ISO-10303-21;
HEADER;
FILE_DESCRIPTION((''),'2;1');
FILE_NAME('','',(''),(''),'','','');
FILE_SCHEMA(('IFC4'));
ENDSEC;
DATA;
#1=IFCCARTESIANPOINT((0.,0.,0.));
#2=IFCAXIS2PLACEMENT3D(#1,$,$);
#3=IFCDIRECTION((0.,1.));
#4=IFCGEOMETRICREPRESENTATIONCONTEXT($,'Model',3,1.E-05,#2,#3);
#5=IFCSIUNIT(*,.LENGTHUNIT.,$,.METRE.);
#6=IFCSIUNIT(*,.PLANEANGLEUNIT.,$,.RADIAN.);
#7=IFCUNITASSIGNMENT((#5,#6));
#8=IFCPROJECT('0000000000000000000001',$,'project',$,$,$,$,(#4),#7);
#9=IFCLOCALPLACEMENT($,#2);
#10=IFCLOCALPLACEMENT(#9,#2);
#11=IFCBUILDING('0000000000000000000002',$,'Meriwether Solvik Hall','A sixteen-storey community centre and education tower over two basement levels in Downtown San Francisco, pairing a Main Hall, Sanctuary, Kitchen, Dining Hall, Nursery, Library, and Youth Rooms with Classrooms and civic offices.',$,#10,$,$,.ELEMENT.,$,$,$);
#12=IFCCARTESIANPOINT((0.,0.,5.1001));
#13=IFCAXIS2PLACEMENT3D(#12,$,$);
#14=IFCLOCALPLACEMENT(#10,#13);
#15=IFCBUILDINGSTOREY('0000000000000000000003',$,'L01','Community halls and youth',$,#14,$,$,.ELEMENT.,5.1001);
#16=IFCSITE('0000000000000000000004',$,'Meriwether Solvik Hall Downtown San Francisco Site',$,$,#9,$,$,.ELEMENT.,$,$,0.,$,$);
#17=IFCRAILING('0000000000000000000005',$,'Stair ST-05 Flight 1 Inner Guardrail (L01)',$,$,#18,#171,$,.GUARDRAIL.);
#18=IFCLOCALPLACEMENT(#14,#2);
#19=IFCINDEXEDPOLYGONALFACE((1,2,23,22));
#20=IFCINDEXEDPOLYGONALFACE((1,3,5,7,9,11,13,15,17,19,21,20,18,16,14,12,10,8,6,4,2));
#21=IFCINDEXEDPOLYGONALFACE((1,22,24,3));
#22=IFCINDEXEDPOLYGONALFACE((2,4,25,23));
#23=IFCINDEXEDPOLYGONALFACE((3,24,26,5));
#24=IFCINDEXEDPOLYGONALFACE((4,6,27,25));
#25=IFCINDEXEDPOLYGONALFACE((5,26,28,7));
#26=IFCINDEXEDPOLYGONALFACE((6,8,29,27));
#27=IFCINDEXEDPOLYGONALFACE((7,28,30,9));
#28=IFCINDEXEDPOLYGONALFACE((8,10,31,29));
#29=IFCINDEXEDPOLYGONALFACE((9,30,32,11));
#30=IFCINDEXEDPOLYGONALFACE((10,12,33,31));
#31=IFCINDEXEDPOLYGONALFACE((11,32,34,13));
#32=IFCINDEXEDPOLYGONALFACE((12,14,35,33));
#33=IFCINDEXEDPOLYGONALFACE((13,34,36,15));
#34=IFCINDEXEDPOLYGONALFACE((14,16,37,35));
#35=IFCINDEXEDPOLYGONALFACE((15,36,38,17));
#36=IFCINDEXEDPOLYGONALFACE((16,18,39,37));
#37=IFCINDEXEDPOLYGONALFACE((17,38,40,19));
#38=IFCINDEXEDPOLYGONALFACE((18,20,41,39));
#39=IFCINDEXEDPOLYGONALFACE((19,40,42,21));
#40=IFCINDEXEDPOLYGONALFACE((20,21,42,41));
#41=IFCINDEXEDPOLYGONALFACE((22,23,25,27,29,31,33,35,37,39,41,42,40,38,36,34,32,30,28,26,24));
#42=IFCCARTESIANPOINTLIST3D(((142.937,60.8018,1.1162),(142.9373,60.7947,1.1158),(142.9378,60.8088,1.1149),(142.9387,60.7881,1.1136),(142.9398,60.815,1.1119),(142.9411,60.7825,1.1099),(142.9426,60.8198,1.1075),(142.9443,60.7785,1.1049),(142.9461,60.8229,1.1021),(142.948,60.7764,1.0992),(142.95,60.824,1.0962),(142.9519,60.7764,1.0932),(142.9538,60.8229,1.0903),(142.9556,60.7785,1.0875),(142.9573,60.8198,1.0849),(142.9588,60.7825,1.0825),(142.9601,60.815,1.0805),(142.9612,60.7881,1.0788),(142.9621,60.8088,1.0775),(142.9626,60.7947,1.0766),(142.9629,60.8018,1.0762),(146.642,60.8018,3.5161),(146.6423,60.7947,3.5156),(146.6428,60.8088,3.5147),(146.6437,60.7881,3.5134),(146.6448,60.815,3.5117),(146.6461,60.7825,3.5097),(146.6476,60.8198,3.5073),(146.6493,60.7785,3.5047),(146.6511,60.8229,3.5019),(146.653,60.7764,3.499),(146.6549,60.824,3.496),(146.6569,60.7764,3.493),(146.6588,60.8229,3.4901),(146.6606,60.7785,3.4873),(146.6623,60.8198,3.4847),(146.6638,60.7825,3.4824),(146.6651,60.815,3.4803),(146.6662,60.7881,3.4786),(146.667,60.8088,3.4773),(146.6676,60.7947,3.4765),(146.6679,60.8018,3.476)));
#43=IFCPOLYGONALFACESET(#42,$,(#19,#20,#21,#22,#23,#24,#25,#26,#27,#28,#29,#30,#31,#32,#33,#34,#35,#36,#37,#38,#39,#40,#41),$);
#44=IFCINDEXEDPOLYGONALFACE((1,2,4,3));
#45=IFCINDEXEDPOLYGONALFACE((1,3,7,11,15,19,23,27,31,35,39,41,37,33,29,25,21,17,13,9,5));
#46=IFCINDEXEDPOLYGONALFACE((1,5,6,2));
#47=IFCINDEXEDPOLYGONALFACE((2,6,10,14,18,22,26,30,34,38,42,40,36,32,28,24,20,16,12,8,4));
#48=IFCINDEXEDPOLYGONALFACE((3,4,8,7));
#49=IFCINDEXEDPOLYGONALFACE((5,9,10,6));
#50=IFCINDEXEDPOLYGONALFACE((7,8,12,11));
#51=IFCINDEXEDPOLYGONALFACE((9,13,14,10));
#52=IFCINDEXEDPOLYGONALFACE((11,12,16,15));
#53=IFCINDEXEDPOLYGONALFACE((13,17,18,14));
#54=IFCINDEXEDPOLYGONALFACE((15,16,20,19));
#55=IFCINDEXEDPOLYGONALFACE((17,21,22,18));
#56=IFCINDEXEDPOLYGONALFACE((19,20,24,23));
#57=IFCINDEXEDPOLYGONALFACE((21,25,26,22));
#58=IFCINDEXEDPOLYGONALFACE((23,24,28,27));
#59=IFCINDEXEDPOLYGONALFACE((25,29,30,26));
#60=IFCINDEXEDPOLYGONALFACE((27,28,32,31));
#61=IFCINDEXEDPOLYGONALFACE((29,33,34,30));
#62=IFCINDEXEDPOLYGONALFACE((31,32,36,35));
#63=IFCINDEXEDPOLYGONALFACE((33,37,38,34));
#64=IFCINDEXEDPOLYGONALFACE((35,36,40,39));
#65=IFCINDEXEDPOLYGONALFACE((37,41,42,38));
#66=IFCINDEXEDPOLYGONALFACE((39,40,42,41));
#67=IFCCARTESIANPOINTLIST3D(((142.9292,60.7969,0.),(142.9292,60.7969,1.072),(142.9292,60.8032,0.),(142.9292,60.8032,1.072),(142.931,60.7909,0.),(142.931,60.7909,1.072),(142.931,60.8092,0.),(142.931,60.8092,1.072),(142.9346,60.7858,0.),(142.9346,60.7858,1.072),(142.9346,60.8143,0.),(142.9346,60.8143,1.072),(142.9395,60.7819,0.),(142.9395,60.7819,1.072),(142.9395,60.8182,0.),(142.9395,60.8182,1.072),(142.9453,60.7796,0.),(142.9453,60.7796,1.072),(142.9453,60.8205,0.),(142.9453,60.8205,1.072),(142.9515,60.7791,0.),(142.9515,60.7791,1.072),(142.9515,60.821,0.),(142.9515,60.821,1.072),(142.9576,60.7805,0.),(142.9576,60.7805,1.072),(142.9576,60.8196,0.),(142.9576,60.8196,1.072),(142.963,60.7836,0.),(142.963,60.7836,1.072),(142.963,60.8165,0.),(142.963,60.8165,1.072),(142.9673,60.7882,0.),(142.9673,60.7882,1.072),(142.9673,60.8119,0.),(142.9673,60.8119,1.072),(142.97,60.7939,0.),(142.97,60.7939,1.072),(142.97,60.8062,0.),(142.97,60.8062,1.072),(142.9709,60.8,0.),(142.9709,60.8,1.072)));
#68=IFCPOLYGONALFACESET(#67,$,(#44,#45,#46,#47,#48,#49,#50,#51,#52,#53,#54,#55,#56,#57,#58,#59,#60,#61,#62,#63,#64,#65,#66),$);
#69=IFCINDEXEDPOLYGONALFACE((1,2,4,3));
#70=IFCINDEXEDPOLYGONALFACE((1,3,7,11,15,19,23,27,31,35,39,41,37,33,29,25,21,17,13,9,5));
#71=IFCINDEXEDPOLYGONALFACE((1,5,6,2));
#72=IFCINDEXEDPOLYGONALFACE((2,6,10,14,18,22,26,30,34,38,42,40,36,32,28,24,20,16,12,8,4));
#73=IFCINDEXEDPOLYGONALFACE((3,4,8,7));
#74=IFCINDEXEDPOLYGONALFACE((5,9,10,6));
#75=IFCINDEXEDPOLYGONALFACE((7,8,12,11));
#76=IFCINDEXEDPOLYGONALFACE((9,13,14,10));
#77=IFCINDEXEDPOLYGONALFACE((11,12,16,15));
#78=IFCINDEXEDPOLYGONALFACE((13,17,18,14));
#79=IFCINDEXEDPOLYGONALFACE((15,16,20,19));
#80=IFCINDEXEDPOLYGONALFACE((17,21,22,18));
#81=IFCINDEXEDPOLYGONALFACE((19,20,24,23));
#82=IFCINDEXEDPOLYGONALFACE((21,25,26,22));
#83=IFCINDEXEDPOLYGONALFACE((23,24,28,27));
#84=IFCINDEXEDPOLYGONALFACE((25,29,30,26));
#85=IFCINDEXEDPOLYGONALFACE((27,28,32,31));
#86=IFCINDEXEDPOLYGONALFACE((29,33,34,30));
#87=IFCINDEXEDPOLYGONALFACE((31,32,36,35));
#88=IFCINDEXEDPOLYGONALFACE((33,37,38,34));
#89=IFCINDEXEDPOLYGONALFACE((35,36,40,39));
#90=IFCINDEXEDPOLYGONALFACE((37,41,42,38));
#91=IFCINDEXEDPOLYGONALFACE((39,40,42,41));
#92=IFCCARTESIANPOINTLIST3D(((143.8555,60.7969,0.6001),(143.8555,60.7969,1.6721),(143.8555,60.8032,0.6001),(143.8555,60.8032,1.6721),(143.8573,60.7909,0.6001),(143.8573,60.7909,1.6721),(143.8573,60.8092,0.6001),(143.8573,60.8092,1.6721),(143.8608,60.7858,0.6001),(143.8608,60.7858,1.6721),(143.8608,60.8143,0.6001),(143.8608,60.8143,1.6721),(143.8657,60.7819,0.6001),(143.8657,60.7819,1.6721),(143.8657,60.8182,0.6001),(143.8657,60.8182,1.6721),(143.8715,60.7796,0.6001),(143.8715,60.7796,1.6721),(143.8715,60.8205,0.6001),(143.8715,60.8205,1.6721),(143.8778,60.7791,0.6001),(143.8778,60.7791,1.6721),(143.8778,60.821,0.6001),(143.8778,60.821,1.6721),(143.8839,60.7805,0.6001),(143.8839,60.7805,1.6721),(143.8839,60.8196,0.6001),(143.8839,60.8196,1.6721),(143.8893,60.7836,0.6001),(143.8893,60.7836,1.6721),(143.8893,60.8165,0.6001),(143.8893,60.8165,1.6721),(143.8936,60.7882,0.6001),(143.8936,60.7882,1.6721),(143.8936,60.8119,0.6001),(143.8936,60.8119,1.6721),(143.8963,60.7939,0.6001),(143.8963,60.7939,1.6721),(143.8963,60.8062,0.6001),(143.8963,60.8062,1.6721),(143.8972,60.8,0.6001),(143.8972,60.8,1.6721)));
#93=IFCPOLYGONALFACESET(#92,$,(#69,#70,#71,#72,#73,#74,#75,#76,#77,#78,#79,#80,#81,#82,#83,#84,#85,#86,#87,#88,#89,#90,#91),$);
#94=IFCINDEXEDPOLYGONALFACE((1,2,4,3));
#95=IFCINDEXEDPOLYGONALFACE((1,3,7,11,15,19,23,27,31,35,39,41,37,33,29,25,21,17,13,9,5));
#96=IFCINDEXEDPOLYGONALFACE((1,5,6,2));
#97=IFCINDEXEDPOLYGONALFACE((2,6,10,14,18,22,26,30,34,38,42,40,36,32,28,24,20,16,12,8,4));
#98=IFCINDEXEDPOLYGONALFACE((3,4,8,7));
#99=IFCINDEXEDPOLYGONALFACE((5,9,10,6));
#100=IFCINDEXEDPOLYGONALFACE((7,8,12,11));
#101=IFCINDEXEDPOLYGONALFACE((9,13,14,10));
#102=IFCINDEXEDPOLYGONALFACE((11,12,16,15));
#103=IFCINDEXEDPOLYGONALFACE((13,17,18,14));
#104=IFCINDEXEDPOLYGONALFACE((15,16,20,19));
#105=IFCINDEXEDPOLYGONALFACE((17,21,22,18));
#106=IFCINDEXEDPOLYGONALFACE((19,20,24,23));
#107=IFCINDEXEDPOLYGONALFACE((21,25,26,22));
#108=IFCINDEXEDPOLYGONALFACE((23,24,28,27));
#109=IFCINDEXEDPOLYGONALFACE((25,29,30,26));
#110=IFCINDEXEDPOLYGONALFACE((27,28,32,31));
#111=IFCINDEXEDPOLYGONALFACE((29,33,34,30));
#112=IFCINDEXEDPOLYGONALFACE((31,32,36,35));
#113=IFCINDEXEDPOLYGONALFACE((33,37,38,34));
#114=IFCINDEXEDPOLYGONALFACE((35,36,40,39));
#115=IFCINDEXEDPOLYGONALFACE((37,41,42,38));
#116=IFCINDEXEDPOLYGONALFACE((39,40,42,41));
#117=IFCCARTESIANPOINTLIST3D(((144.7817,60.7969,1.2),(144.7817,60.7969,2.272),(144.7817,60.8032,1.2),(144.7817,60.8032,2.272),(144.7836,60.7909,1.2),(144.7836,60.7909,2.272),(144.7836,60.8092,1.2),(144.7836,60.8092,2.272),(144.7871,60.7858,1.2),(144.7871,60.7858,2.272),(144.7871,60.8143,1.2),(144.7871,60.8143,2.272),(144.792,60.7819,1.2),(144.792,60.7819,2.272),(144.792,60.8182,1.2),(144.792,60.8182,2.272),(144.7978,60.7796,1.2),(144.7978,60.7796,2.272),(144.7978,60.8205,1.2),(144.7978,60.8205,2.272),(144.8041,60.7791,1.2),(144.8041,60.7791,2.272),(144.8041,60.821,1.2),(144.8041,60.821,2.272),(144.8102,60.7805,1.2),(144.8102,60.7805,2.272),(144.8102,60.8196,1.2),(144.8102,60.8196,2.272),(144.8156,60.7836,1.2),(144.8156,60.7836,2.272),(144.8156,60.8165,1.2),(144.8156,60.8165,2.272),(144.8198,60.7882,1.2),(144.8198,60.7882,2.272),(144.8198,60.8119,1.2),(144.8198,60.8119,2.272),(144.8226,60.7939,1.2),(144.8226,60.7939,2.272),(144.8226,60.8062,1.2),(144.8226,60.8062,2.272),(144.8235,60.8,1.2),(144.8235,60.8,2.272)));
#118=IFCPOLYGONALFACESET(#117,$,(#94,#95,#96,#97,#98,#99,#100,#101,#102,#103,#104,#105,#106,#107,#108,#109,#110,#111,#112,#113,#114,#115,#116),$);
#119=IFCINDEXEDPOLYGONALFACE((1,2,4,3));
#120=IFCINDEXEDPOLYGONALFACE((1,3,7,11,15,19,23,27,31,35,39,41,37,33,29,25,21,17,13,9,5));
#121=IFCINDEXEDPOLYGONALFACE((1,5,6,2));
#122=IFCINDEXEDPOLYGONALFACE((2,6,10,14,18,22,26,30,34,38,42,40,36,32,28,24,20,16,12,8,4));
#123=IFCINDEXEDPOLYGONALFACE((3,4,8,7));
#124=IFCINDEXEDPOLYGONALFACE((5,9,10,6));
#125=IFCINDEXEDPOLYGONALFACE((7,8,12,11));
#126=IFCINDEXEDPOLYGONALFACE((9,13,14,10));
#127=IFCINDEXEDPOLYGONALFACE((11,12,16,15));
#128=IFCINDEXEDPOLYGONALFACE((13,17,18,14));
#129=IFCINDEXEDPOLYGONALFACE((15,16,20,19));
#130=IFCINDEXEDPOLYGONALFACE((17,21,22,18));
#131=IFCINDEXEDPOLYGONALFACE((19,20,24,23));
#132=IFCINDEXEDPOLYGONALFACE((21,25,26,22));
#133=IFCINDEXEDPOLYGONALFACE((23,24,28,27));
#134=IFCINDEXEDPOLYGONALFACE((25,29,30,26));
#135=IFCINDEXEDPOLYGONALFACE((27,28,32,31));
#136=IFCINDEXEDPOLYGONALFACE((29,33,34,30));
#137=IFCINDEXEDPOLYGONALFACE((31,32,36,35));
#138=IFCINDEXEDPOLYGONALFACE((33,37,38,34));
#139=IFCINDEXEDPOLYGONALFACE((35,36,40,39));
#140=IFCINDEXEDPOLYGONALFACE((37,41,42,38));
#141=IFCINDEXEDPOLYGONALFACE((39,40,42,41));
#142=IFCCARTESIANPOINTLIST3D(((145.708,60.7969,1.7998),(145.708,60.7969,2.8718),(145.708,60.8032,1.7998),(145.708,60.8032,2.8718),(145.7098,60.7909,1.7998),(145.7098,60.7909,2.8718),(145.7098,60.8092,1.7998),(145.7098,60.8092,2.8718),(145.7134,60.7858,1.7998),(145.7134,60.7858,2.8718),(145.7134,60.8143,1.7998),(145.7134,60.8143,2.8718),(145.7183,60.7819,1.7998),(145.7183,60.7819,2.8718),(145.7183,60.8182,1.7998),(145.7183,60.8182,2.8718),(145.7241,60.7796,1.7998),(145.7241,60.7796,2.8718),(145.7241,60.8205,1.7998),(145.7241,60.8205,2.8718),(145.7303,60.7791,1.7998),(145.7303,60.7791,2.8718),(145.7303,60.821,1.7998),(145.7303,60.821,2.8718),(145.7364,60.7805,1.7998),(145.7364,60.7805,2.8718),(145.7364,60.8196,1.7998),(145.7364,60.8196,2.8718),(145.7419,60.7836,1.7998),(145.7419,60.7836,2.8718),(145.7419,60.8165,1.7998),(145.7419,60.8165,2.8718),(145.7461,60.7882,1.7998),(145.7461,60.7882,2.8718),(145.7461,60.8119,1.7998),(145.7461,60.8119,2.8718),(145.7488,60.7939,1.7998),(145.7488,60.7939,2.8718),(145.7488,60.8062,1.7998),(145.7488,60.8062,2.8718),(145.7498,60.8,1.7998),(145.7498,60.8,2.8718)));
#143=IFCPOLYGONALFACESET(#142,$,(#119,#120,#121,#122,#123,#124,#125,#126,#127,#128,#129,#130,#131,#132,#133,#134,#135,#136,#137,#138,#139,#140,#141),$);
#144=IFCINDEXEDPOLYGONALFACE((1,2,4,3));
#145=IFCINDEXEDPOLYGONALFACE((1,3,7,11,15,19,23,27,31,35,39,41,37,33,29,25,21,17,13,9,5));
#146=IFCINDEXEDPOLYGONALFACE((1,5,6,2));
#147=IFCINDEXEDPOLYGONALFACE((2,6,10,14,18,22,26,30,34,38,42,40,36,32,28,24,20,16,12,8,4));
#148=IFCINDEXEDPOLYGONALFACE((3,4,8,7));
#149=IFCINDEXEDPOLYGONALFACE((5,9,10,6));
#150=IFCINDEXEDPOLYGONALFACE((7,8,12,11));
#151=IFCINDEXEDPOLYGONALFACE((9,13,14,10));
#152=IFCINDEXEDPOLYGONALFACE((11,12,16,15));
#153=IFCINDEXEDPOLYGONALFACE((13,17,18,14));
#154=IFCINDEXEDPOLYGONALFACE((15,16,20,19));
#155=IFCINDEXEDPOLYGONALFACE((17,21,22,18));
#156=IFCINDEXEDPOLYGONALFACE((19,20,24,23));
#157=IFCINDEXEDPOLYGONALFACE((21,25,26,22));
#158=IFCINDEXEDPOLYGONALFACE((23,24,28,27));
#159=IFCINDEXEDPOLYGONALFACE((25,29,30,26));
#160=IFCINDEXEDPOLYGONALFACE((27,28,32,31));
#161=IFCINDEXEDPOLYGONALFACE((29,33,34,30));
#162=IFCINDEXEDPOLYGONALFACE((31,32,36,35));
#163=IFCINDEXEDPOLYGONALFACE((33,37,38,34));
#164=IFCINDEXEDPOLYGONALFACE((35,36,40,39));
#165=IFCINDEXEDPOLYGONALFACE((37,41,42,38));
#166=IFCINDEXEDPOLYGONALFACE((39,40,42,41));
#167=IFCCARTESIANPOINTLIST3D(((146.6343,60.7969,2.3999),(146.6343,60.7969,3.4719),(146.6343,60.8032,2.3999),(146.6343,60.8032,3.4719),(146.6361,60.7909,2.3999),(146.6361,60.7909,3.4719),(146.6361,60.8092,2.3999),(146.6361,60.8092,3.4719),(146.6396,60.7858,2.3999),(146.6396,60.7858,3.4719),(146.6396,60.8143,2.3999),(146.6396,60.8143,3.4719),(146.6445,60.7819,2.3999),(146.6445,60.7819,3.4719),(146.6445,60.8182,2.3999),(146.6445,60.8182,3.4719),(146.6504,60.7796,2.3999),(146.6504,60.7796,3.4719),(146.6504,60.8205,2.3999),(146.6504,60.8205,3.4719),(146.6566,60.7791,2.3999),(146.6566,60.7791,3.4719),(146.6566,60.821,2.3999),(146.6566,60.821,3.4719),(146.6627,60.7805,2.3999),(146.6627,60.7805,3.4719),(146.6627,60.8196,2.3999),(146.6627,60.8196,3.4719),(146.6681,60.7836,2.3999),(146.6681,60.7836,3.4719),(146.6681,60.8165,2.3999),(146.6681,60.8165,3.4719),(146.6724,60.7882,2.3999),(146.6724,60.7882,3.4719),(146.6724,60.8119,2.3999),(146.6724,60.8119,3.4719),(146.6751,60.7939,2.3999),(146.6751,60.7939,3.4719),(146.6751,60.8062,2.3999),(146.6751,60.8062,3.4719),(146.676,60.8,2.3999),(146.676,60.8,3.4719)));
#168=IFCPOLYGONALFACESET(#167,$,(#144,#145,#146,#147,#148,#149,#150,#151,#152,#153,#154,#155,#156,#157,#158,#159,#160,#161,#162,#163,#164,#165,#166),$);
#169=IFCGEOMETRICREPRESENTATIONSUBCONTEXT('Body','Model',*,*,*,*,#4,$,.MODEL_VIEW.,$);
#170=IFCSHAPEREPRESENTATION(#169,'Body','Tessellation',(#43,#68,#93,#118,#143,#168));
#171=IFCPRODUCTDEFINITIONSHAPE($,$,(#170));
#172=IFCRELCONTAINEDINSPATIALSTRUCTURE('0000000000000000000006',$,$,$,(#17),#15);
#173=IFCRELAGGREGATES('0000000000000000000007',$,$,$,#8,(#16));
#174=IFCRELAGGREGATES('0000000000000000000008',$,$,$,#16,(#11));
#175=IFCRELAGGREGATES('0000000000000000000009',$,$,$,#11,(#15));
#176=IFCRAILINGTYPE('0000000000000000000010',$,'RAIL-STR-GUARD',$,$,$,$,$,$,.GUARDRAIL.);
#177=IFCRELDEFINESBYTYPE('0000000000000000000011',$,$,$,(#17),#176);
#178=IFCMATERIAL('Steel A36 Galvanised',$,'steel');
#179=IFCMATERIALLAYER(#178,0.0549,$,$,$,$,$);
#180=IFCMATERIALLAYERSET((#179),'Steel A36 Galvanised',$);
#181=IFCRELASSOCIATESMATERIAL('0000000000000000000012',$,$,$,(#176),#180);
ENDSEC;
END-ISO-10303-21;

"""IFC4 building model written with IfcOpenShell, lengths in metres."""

from ifc_helpers import new_model, si_unit, direction, frame, origin, origin_2d, place, context, subcontext, project, spatial, circle, extrude, material, layer, layer_set, type_object, element, save


model = new_model("IFC4")

# Units and contexts
model_context = context("Model", 3, precision=1e-05, world=origin(), true_north=direction((0.0, 1.0)))
body_context = subcontext(model_context, "Body", "Model", "MODEL_VIEW")
ifc_project = project(units=[si_unit("LENGTHUNIT", "METRE"), si_unit("PLANEANGLEUNIT", "RADIAN")], contexts=[model_context])

# Site, building, storey
site_placement = place(None, origin())
site = spatial("IfcSite", under=ifc_project, at=site_placement, Name="Meriwether Solvik Hall Downtown San Francisco Site", CompositionType="ELEMENT", RefElevation=0.0)
building_placement = place(site_placement, origin())
building = spatial("IfcBuilding", under=site, at=building_placement, Name="Meriwether Solvik Hall", Description="A sixteen-storey community centre and education tower over two basement levels in Downtown San Francisco, pairing a Main Hall, Sanctuary, Kitchen, Dining Hall, Nursery, Library, and Youth Rooms with Classrooms and civic offices.", CompositionType="ELEMENT")
storey_placement = place(building_placement, frame((0.0, 0.0, 5.1001)))
storey = spatial("IfcBuildingStorey", under=building, at=storey_placement, Name="L01", Description="Community halls and youth", CompositionType="ELEMENT", Elevation=5.1001)

# Railing
ifc_material_1 = material(Name="Steel A36 Galvanised", Category="steel")
ifc_layer_1 = layer(ifc_material_1, 0.0549)
ifc_layer_set_1 = layer_set([ifc_layer_1], Name="Steel A36 Galvanised")
railing_type_1 = type_object("IfcRailingType", Name="RAIL-STR-GUARD", PredefinedType="GUARDRAIL", material=ifc_layer_set_1)
railing_1_placement = place(storey_placement, frame((142.95, 60.8, 0.0)))
element("IfcRailing", 1, at=railing_1_placement, inside=storey, type_object=railing_type_1, Name="Stair ST-05 Flight 1 Inner Guardrail (L01)", PredefinedType="GUARDRAIL", context=body_context, shape_type="SweptSolid", body=[
    extrude(circle(Radius=0.0239, at=origin_2d()), frame((0.0, 0.0, 1.0962), z_axis=(0.839312, 0.0, 0.54365), x_axis=(0.0, 1.0, 0.0)), (0.0, 0.0, 1.0), 4.4143),
    extrude(circle(Radius=0.021, at=origin_2d()), origin(), (0.0, 0.0, 1.0), 1.072),
    extrude(circle(Radius=0.021, at=origin_2d()), frame((0.9263, 0.0, 0.6001)), (0.0, 0.0, 1.0), 1.072),
    extrude(circle(Radius=0.021, at=origin_2d()), frame((1.8525, 0.0, 1.2)), (0.0, 0.0, 1.0), 1.072),
    extrude(circle(Radius=0.021, at=origin_2d()), frame((2.7788, 0.0, 1.7998)), (0.0, 0.0, 1.0), 1.072),
    extrude(circle(Radius=0.021, at=origin_2d()), frame((3.7051, 0.0, 2.3999)), (0.0, 0.0, 1.0), 1.072),
])

save(model, "model.ifc")
